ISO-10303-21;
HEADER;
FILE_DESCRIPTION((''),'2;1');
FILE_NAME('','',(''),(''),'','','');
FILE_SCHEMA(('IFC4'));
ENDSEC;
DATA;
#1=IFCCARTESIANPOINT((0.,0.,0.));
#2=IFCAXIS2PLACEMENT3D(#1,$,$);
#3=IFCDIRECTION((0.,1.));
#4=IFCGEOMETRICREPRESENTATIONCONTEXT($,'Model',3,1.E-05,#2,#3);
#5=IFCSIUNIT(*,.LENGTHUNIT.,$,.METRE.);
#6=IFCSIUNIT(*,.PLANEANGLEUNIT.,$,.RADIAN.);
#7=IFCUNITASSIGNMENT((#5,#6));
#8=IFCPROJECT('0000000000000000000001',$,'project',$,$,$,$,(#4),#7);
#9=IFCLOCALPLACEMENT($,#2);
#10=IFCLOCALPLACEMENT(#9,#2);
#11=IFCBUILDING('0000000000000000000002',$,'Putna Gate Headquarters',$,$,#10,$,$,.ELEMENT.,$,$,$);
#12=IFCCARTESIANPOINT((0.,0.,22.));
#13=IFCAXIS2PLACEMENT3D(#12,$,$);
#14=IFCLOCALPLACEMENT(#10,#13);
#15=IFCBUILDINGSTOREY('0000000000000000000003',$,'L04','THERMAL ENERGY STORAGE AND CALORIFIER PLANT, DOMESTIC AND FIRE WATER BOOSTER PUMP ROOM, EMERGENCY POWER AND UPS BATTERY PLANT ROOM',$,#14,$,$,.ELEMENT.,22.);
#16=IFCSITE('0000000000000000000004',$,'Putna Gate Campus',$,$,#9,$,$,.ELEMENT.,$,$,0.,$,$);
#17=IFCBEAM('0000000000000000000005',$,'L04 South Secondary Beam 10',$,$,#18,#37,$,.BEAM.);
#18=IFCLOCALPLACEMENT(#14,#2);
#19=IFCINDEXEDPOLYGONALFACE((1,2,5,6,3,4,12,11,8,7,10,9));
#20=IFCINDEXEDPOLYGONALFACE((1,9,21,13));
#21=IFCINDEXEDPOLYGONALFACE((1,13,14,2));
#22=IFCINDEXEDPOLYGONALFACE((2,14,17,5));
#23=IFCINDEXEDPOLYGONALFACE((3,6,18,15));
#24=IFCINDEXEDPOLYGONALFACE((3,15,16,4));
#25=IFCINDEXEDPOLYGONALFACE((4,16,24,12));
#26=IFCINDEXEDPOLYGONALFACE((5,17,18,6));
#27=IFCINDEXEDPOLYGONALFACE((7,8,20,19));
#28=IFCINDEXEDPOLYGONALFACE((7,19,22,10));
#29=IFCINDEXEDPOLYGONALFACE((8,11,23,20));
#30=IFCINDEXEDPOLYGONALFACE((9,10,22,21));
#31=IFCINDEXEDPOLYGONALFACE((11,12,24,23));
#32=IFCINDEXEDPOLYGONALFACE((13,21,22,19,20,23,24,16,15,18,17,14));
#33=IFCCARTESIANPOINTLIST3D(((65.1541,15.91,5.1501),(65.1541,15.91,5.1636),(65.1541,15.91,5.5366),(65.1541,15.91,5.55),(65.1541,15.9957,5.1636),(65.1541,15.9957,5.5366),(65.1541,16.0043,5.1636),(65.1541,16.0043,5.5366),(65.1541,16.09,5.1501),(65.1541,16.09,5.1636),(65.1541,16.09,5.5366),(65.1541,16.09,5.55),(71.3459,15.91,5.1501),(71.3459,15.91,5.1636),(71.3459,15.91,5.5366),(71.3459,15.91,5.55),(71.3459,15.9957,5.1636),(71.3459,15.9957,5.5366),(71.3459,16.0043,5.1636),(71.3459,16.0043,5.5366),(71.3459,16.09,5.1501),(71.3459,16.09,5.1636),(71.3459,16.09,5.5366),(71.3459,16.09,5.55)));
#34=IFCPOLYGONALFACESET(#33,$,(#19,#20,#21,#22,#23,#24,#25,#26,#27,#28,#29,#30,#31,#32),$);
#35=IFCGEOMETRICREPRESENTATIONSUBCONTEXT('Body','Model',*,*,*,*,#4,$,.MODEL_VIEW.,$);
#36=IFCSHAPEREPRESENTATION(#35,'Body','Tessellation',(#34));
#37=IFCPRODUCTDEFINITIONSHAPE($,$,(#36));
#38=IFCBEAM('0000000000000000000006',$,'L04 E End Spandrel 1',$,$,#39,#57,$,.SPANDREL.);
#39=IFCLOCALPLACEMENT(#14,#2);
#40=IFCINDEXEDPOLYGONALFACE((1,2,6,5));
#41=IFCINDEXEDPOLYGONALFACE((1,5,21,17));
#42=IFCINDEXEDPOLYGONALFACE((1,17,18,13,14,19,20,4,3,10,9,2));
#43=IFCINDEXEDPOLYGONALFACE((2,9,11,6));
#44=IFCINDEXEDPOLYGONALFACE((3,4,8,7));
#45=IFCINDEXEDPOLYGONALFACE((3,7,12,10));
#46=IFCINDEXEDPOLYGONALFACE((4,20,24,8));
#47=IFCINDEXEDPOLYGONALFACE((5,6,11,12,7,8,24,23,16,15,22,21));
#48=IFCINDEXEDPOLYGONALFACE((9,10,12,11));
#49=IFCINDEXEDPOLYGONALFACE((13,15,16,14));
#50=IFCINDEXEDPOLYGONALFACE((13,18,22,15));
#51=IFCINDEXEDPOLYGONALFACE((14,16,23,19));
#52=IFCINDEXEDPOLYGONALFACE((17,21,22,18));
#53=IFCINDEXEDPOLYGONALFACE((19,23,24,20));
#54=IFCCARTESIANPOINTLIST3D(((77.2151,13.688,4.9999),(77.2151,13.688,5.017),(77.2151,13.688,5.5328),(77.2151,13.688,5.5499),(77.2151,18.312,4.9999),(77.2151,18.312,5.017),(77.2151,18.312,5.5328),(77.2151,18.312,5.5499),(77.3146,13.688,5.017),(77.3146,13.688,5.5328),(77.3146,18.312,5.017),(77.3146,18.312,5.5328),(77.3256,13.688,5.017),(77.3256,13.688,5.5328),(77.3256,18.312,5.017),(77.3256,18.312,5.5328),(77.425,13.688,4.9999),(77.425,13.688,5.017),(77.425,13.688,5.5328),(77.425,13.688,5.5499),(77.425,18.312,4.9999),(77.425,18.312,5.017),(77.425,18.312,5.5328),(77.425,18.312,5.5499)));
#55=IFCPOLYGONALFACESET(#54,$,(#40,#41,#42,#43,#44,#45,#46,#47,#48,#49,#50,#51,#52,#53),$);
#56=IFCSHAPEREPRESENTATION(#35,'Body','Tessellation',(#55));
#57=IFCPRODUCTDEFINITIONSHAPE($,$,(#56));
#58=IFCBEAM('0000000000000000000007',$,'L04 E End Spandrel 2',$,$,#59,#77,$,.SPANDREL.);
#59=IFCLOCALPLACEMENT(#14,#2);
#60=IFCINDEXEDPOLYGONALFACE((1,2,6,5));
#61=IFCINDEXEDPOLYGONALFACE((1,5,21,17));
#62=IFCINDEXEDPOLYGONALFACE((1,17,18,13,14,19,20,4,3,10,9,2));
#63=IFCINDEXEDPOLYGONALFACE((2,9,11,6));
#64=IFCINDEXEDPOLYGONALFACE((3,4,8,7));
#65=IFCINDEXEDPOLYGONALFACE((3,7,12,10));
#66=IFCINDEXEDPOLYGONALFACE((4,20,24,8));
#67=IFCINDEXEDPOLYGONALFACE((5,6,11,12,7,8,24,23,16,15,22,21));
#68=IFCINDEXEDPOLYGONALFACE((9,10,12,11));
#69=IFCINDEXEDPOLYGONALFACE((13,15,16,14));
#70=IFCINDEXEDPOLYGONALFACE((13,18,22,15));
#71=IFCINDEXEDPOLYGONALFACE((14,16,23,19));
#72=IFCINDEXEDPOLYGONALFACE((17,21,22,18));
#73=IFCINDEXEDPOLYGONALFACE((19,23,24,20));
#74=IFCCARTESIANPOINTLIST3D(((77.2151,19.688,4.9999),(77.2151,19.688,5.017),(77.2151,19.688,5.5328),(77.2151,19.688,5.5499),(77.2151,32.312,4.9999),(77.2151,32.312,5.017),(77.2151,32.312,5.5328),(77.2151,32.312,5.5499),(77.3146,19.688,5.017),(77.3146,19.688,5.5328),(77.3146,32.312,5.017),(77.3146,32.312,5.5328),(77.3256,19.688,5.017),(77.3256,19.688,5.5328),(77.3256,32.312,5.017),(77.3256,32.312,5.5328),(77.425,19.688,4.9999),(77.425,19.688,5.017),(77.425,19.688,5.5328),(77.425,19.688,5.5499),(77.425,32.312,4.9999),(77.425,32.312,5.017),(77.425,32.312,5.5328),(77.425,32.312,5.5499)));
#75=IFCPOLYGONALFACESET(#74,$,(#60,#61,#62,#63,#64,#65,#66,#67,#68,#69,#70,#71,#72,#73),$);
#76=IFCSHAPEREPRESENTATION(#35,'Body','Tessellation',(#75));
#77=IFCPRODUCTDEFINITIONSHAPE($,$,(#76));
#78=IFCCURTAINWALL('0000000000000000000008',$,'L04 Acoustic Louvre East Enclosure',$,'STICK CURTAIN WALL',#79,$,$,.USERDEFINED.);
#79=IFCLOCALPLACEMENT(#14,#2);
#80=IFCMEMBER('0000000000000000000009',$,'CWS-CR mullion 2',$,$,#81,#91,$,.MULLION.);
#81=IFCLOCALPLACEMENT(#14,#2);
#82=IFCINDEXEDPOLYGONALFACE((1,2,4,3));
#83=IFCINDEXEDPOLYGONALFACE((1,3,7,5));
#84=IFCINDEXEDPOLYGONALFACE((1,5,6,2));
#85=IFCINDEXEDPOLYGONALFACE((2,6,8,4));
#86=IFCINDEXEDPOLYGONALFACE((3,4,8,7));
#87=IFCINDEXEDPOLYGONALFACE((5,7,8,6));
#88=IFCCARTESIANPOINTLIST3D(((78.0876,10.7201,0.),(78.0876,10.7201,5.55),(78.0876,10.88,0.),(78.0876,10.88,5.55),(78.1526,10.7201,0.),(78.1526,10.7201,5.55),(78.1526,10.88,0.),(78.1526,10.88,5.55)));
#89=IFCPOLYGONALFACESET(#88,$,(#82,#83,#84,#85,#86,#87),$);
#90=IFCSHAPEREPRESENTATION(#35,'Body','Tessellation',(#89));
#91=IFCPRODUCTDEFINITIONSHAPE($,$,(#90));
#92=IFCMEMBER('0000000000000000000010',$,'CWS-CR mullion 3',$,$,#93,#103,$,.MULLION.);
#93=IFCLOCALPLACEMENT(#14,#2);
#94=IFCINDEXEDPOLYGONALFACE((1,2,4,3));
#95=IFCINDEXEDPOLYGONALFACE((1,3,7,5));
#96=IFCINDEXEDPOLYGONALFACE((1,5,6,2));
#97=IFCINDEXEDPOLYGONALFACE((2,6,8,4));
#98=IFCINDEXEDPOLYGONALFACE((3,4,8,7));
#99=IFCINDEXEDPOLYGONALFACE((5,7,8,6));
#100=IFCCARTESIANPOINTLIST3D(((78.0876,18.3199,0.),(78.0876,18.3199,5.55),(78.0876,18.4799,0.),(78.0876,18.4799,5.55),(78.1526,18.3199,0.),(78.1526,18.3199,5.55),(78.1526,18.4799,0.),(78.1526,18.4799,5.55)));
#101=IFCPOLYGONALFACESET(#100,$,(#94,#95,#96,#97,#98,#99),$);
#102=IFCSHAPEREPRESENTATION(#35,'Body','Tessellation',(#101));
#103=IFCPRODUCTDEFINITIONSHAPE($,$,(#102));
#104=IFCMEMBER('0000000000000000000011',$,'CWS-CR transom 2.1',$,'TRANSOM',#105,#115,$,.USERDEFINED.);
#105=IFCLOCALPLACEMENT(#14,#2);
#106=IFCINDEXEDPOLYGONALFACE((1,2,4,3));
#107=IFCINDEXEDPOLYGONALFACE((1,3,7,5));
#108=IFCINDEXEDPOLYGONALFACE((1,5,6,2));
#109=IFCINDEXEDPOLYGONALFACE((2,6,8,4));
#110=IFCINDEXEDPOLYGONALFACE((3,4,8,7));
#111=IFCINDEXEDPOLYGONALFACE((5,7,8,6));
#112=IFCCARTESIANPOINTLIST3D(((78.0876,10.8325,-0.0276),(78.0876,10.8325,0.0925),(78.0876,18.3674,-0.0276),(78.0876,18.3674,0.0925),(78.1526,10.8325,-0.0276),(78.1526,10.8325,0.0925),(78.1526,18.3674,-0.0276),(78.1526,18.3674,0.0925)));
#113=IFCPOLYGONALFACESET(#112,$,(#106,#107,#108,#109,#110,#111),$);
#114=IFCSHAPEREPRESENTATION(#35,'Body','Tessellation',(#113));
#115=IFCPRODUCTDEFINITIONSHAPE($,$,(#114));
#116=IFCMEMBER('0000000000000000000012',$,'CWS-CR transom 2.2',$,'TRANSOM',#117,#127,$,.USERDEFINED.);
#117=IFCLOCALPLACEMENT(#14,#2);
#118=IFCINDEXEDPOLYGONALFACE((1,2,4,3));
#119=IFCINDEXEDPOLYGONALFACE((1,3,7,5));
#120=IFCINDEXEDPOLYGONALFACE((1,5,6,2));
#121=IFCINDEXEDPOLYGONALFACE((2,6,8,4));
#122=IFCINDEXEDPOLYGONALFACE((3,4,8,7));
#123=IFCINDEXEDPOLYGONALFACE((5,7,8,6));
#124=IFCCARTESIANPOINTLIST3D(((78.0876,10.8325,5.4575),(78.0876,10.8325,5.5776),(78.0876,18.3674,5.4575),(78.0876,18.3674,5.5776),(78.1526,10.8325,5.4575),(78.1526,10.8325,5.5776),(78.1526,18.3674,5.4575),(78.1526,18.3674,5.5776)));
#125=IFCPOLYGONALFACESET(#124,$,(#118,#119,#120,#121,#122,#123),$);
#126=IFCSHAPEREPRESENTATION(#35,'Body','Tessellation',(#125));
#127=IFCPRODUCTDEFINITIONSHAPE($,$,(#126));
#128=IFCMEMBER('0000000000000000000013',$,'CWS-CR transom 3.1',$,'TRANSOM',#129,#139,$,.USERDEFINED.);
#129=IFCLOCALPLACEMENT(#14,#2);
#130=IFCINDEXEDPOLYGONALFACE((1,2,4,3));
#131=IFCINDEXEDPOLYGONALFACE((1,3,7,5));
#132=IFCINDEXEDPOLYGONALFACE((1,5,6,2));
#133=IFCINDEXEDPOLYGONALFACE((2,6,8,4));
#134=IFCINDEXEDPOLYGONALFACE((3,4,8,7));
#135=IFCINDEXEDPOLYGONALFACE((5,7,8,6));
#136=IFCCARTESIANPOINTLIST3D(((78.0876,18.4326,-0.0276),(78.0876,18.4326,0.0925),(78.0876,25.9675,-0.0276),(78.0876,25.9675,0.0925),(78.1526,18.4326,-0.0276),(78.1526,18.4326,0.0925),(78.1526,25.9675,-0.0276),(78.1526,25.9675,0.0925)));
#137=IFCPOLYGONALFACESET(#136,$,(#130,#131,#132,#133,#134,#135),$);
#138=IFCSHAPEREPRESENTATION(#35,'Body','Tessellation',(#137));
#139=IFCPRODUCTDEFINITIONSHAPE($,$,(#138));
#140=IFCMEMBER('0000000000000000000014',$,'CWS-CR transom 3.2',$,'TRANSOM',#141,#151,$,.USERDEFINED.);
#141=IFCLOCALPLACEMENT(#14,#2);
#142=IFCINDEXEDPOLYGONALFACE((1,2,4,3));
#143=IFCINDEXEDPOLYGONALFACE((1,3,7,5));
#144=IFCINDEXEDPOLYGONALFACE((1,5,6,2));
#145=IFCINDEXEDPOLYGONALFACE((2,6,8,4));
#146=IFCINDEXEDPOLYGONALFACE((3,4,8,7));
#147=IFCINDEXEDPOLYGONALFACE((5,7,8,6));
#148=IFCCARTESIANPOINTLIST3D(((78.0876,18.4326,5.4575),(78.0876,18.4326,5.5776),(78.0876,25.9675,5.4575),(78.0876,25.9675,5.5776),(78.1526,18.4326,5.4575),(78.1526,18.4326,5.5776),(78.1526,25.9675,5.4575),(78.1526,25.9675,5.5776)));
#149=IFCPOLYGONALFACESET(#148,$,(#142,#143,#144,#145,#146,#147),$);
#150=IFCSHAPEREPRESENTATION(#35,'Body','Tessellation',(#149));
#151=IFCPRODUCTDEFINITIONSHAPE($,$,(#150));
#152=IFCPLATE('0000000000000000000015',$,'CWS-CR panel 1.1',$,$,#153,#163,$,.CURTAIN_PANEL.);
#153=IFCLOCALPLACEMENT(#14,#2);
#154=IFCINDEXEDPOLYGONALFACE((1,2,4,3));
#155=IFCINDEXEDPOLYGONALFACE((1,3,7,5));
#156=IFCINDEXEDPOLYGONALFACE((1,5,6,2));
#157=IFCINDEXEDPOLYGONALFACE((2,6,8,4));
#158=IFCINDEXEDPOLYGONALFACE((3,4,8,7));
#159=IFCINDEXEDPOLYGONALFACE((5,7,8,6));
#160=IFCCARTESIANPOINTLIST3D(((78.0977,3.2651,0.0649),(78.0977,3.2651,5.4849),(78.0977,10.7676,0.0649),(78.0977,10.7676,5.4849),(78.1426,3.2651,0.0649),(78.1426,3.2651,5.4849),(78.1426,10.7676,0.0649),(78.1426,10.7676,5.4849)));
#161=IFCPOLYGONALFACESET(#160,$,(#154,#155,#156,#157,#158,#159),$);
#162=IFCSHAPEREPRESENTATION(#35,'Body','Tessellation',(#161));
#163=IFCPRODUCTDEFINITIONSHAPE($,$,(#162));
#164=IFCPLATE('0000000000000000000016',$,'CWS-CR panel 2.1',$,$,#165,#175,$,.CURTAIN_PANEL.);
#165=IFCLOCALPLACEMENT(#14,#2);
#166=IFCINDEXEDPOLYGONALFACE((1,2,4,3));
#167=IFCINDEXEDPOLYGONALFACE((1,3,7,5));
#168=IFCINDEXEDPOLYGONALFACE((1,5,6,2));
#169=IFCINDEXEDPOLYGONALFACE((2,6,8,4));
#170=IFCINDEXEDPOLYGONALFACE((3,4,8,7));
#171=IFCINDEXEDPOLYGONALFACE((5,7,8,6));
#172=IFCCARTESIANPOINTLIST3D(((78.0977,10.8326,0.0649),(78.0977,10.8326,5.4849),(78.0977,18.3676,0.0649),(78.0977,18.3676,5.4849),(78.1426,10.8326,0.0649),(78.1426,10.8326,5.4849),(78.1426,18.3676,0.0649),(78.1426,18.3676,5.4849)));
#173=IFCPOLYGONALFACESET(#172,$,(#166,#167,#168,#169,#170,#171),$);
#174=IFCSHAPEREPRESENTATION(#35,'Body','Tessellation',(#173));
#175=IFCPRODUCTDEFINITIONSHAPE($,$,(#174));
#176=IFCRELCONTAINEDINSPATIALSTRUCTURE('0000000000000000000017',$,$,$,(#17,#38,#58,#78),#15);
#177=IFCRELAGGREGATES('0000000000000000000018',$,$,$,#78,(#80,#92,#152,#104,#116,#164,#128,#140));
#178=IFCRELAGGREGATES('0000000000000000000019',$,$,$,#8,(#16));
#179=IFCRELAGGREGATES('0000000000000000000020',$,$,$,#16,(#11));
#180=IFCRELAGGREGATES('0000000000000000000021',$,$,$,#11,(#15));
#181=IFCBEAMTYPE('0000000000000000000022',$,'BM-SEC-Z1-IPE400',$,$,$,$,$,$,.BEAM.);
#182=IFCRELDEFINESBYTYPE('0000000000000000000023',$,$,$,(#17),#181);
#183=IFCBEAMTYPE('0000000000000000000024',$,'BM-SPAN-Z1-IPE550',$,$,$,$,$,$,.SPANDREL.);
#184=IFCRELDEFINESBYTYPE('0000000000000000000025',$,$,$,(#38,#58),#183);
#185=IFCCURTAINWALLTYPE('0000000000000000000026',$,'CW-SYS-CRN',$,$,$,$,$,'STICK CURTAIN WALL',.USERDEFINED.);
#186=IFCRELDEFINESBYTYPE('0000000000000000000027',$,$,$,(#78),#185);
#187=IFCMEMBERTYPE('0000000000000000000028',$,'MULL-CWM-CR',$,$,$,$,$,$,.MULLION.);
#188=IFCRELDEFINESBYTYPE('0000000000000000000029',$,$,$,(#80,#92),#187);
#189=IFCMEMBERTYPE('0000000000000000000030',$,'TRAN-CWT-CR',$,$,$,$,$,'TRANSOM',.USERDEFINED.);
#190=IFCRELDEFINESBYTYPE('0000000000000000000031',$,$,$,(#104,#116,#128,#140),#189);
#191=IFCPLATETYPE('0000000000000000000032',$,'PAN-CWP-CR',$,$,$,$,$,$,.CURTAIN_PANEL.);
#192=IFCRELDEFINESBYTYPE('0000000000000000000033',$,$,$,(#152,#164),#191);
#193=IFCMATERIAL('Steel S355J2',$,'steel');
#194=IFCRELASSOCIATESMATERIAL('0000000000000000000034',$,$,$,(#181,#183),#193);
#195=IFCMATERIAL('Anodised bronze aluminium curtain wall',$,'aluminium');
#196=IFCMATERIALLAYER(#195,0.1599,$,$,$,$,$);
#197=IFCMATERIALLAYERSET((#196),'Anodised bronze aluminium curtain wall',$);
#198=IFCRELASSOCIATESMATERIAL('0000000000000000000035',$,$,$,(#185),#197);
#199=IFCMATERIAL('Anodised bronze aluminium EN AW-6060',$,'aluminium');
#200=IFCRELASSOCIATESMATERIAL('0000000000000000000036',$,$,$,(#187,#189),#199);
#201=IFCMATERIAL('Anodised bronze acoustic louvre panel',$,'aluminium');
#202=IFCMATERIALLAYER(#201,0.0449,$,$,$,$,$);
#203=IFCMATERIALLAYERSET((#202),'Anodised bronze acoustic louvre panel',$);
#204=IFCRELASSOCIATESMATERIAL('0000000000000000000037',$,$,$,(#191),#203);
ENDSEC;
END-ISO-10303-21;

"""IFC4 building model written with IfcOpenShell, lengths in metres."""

from ifc_helpers import new_model, si_unit, direction, frame, origin, origin_2d, place, context, subcontext, project, spatial, rectangle, i_section, extrude, material, layer, layer_set, material_profile, profile_set, type_object, element, aggregate, save


model = new_model("IFC4")

# Units and contexts
model_context = context("Model", 3, precision=1e-05, world=origin(), true_north=direction((0.0, 1.0)))
body_context = subcontext(model_context, "Body", "Model", "MODEL_VIEW")
ifc_project = project(units=[si_unit("LENGTHUNIT", "METRE"), si_unit("PLANEANGLEUNIT", "RADIAN")], contexts=[model_context])

# Site, building, storey
site_placement = place(None, origin())
site = spatial("IfcSite", under=ifc_project, at=site_placement, Name="Putna Gate Campus", CompositionType="ELEMENT", RefElevation=0.0)
building_placement = place(site_placement, origin())
building = spatial("IfcBuilding", under=site, at=building_placement, Name="Putna Gate Headquarters", CompositionType="ELEMENT")
storey_placement = place(building_placement, frame((0.0, 0.0, 22.0)))
storey = spatial("IfcBuildingStorey", under=building, at=storey_placement, Name="L04", Description="THERMAL ENERGY STORAGE AND CALORIFIER PLANT, DOMESTIC AND FIRE WATER BOOSTER PUMP ROOM, EMERGENCY POWER AND UPS BATTERY PLANT ROOM", CompositionType="ELEMENT", Elevation=22.0)

# Beams
ifc_material_1 = material(Name="Steel S355J2", Category="steel")
ifc_material_profile_1 = material_profile(ifc_material_1, i_section(OverallWidth=0.1799, OverallDepth=0.3999, WebThickness=0.0085, FlangeThickness=0.0134, at=origin_2d()), Name="Steel S355J2")
ifc_profile_set_1 = profile_set([ifc_material_profile_1], Name="Steel S355J2")
beam_type_1 = type_object("IfcBeamType", Name="BM-SEC-Z1-IPE400", PredefinedType="BEAM", material=ifc_profile_set_1)
for number, where, z_axis, x_axis, name in (
    (1, (65.1541, 16.0, 5.3501), (1.0, 0.0, 0.0), (0.0, 1.0, 0.0), "L04 South Secondary Beam 10"),
):
    element("IfcBeam", number, at=place(storey_placement, frame(where, z_axis=z_axis, x_axis=x_axis)), inside=storey, type_object=beam_type_1, Name=name, PredefinedType="BEAM", context=body_context, shape_type="SweptSolid", body=[
        extrude(i_section(OverallWidth=0.1799, OverallDepth=0.3999, WebThickness=0.0085, FlangeThickness=0.0134, at=origin_2d()), origin(), (0.0, 0.0, 1.0), 6.1919),
    ])
ifc_material_profile_2 = material_profile(ifc_material_1, i_section(OverallWidth=0.21, OverallDepth=0.55, WebThickness=0.011, FlangeThickness=0.0171, at=origin_2d()), Name="Steel S355J2")
ifc_profile_set_2 = profile_set([ifc_material_profile_2], Name="Steel S355J2")
beam_type_2 = type_object("IfcBeamType", Name="BM-SPAN-Z1-IPE550", PredefinedType="SPANDREL", material=ifc_profile_set_2)
beam_1_placement = place(storey_placement, frame((77.3201, 13.688, 5.2749), z_axis=(0.0, 1.0, 0.0), x_axis=(-1.0, 0.0, 0.0)))
element("IfcBeam", 2, at=beam_1_placement, inside=storey, type_object=beam_type_2, Name="L04 E End Spandrel 1", PredefinedType="SPANDREL", context=body_context, shape_type="SweptSolid", body=[
    extrude(i_section(OverallWidth=0.21, OverallDepth=0.55, WebThickness=0.011, FlangeThickness=0.0171, at=origin_2d()), origin(), (0.0, 0.0, 1.0), 4.624),
])
beam_2_placement = place(storey_placement, frame((77.3201, 19.688, 5.2749), z_axis=(0.0, 1.0, 0.0), x_axis=(-1.0, 0.0, 0.0)))
element("IfcBeam", 3, at=beam_2_placement, inside=storey, type_object=beam_type_2, Name="L04 E End Spandrel 2", PredefinedType="SPANDREL", context=body_context, shape_type="SweptSolid", body=[
    extrude(i_section(OverallWidth=0.21, OverallDepth=0.55, WebThickness=0.011, FlangeThickness=0.0171, at=origin_2d()), origin(), (0.0, 0.0, 1.0), 12.624),
])

# Curtain wall, members, plates
ifc_material_2 = material(Name="Anodised bronze aluminium curtain wall", Category="aluminium")
ifc_layer_1 = layer(ifc_material_2, 0.1599)
ifc_layer_set_1 = layer_set([ifc_layer_1], Name="Anodised bronze aluminium curtain wall")
curtain_wall_type = type_object("IfcCurtainWallType", Name="CW-SYS-CRN", ElementType="STICK CURTAIN WALL", PredefinedType="USERDEFINED", material=ifc_layer_set_1)
curtain_wall_placement = place(storey_placement, origin())
curtain_wall = element("IfcCurtainWall", 4, at=curtain_wall_placement, inside=storey, type_object=curtain_wall_type, Name="L04 Acoustic Louvre East Enclosure", ObjectType="STICK CURTAIN WALL", PredefinedType="USERDEFINED")
ifc_material_3 = material(Name="Anodised bronze aluminium EN AW-6060", Category="aluminium")
ifc_material_profile_3 = material_profile(ifc_material_3, rectangle(XDim=0.0649, YDim=0.1599, at=origin_2d()), Name="Anodised bronze aluminium EN AW-6060")
ifc_profile_set_3 = profile_set([ifc_material_profile_3], Name="Anodised bronze aluminium EN AW-6060")
member_type_1 = type_object("IfcMemberType", Name="MULL-CWM-CR", PredefinedType="MULLION", material=ifc_profile_set_3)
member_1_placement = place(storey_placement, frame((78.1201, 10.8, 0.0), z_axis=(0.0, 0.0, 1.0), x_axis=(-1.0, 0.0, 0.0)))
member_1 = element("IfcMember", 5, at=member_1_placement, type_object=member_type_1, Name="CWS-CR mullion 2", PredefinedType="MULLION", context=body_context, shape_type="SweptSolid", body=[
    extrude(rectangle(XDim=0.0649, YDim=0.1599, at=origin_2d()), origin(), (0.0, 0.0, 1.0), 5.55),
])
member_2_placement = place(storey_placement, frame((78.1201, 18.3999, 0.0), z_axis=(0.0, 0.0, 1.0), x_axis=(-1.0, 0.0, 0.0)))
member_2 = element("IfcMember", 6, at=member_2_placement, type_object=member_type_1, Name="CWS-CR mullion 3", PredefinedType="MULLION", context=body_context, shape_type="SweptSolid", body=[
    extrude(rectangle(XDim=0.0649, YDim=0.1599, at=origin_2d()), origin(), (0.0, 0.0, 1.0), 5.55),
])
ifc_material_profile_4 = material_profile(ifc_material_3, rectangle(XDim=0.0649, YDim=0.1201, at=origin_2d()), Name="Anodised bronze aluminium EN AW-6060")
ifc_profile_set_4 = profile_set([ifc_material_profile_4], Name="Anodised bronze aluminium EN AW-6060")
member_type_2 = type_object("IfcMemberType", Name="TRAN-CWT-CR", ElementType="TRANSOM", PredefinedType="USERDEFINED", material=ifc_profile_set_4)
member_3_placement = place(storey_placement, frame((78.1201, 10.8325, 0.0325), z_axis=(0.0, 1.0, 0.0), x_axis=(-1.0, 0.0, 0.0)))
member_3 = element("IfcMember", 7, at=member_3_placement, type_object=member_type_2, Name="CWS-CR transom 2.1", ObjectType="TRANSOM", PredefinedType="USERDEFINED", context=body_context, shape_type="SweptSolid", body=[
    extrude(rectangle(XDim=0.0649, YDim=0.1201, at=origin_2d()), origin(), (0.0, 0.0, 1.0), 7.5349),
])
member_4_placement = place(storey_placement, frame((78.1201, 10.8325, 5.5176), z_axis=(0.0, 1.0, 0.0), x_axis=(-1.0, 0.0, 0.0)))
member_4 = element("IfcMember", 8, at=member_4_placement, type_object=member_type_2, Name="CWS-CR transom 2.2", ObjectType="TRANSOM", PredefinedType="USERDEFINED", context=body_context, shape_type="SweptSolid", body=[
    extrude(rectangle(XDim=0.0649, YDim=0.1201, at=origin_2d()), origin(), (0.0, 0.0, 1.0), 7.5349),
])
member_5_placement = place(storey_placement, frame((78.1201, 18.4326, 0.0325), z_axis=(0.0, 1.0, 0.0), x_axis=(-1.0, 0.0, 0.0)))
member_5 = element("IfcMember", 9, at=member_5_placement, type_object=member_type_2, Name="CWS-CR transom 3.1", ObjectType="TRANSOM", PredefinedType="USERDEFINED", context=body_context, shape_type="SweptSolid", body=[
    extrude(rectangle(XDim=0.0649, YDim=0.1201, at=origin_2d()), origin(), (0.0, 0.0, 1.0), 7.5349),
])
member_6_placement = place(storey_placement, frame((78.1201, 18.4326, 5.5176), z_axis=(0.0, 1.0, 0.0), x_axis=(-1.0, 0.0, 0.0)))
member_6 = element("IfcMember", 10, at=member_6_placement, type_object=member_type_2, Name="CWS-CR transom 3.2", ObjectType="TRANSOM", PredefinedType="USERDEFINED", context=body_context, shape_type="SweptSolid", body=[
    extrude(rectangle(XDim=0.0649, YDim=0.1201, at=origin_2d()), origin(), (0.0, 0.0, 1.0), 7.5349),
])
ifc_material_4 = material(Name="Anodised bronze acoustic louvre panel", Category="aluminium")
ifc_layer_2 = layer(ifc_material_4, 0.0449)
ifc_layer_set_2 = layer_set([ifc_layer_2], Name="Anodised bronze acoustic louvre panel")
plate_type = type_object("IfcPlateType", Name="PAN-CWP-CR", PredefinedType="CURTAIN_PANEL", material=ifc_layer_set_2)
plate_1_placement = place(storey_placement, frame((78.1201, 7.0164, 0.0649), z_axis=(0.0, 0.0, 1.0), x_axis=(0.0, 1.0, 0.0)))
plate_1 = element("IfcPlate", 11, at=plate_1_placement, type_object=plate_type, Name="CWS-CR panel 1.1", PredefinedType="CURTAIN_PANEL", context=body_context, shape_type="SweptSolid", body=[
    extrude(rectangle(XDim=7.5024, YDim=0.0449, at=origin_2d()), origin(), (0.0, 0.0, 1.0), 5.4199),
])
plate_2_placement = place(storey_placement, frame((78.1201, 14.6001, 0.0649), z_axis=(0.0, 0.0, 1.0), x_axis=(0.0, 1.0, 0.0)))
plate_2 = element("IfcPlate", 12, at=plate_2_placement, type_object=plate_type, Name="CWS-CR panel 2.1", PredefinedType="CURTAIN_PANEL", context=body_context, shape_type="SweptSolid", body=[
    extrude(rectangle(XDim=7.5349, YDim=0.0449, at=origin_2d()), origin(), (0.0, 0.0, 1.0), 5.4199),
])
aggregate(curtain_wall, [member_1, member_2, plate_1, member_3, member_4, plate_2, member_5, member_6])

save(model, "model.ifc")
